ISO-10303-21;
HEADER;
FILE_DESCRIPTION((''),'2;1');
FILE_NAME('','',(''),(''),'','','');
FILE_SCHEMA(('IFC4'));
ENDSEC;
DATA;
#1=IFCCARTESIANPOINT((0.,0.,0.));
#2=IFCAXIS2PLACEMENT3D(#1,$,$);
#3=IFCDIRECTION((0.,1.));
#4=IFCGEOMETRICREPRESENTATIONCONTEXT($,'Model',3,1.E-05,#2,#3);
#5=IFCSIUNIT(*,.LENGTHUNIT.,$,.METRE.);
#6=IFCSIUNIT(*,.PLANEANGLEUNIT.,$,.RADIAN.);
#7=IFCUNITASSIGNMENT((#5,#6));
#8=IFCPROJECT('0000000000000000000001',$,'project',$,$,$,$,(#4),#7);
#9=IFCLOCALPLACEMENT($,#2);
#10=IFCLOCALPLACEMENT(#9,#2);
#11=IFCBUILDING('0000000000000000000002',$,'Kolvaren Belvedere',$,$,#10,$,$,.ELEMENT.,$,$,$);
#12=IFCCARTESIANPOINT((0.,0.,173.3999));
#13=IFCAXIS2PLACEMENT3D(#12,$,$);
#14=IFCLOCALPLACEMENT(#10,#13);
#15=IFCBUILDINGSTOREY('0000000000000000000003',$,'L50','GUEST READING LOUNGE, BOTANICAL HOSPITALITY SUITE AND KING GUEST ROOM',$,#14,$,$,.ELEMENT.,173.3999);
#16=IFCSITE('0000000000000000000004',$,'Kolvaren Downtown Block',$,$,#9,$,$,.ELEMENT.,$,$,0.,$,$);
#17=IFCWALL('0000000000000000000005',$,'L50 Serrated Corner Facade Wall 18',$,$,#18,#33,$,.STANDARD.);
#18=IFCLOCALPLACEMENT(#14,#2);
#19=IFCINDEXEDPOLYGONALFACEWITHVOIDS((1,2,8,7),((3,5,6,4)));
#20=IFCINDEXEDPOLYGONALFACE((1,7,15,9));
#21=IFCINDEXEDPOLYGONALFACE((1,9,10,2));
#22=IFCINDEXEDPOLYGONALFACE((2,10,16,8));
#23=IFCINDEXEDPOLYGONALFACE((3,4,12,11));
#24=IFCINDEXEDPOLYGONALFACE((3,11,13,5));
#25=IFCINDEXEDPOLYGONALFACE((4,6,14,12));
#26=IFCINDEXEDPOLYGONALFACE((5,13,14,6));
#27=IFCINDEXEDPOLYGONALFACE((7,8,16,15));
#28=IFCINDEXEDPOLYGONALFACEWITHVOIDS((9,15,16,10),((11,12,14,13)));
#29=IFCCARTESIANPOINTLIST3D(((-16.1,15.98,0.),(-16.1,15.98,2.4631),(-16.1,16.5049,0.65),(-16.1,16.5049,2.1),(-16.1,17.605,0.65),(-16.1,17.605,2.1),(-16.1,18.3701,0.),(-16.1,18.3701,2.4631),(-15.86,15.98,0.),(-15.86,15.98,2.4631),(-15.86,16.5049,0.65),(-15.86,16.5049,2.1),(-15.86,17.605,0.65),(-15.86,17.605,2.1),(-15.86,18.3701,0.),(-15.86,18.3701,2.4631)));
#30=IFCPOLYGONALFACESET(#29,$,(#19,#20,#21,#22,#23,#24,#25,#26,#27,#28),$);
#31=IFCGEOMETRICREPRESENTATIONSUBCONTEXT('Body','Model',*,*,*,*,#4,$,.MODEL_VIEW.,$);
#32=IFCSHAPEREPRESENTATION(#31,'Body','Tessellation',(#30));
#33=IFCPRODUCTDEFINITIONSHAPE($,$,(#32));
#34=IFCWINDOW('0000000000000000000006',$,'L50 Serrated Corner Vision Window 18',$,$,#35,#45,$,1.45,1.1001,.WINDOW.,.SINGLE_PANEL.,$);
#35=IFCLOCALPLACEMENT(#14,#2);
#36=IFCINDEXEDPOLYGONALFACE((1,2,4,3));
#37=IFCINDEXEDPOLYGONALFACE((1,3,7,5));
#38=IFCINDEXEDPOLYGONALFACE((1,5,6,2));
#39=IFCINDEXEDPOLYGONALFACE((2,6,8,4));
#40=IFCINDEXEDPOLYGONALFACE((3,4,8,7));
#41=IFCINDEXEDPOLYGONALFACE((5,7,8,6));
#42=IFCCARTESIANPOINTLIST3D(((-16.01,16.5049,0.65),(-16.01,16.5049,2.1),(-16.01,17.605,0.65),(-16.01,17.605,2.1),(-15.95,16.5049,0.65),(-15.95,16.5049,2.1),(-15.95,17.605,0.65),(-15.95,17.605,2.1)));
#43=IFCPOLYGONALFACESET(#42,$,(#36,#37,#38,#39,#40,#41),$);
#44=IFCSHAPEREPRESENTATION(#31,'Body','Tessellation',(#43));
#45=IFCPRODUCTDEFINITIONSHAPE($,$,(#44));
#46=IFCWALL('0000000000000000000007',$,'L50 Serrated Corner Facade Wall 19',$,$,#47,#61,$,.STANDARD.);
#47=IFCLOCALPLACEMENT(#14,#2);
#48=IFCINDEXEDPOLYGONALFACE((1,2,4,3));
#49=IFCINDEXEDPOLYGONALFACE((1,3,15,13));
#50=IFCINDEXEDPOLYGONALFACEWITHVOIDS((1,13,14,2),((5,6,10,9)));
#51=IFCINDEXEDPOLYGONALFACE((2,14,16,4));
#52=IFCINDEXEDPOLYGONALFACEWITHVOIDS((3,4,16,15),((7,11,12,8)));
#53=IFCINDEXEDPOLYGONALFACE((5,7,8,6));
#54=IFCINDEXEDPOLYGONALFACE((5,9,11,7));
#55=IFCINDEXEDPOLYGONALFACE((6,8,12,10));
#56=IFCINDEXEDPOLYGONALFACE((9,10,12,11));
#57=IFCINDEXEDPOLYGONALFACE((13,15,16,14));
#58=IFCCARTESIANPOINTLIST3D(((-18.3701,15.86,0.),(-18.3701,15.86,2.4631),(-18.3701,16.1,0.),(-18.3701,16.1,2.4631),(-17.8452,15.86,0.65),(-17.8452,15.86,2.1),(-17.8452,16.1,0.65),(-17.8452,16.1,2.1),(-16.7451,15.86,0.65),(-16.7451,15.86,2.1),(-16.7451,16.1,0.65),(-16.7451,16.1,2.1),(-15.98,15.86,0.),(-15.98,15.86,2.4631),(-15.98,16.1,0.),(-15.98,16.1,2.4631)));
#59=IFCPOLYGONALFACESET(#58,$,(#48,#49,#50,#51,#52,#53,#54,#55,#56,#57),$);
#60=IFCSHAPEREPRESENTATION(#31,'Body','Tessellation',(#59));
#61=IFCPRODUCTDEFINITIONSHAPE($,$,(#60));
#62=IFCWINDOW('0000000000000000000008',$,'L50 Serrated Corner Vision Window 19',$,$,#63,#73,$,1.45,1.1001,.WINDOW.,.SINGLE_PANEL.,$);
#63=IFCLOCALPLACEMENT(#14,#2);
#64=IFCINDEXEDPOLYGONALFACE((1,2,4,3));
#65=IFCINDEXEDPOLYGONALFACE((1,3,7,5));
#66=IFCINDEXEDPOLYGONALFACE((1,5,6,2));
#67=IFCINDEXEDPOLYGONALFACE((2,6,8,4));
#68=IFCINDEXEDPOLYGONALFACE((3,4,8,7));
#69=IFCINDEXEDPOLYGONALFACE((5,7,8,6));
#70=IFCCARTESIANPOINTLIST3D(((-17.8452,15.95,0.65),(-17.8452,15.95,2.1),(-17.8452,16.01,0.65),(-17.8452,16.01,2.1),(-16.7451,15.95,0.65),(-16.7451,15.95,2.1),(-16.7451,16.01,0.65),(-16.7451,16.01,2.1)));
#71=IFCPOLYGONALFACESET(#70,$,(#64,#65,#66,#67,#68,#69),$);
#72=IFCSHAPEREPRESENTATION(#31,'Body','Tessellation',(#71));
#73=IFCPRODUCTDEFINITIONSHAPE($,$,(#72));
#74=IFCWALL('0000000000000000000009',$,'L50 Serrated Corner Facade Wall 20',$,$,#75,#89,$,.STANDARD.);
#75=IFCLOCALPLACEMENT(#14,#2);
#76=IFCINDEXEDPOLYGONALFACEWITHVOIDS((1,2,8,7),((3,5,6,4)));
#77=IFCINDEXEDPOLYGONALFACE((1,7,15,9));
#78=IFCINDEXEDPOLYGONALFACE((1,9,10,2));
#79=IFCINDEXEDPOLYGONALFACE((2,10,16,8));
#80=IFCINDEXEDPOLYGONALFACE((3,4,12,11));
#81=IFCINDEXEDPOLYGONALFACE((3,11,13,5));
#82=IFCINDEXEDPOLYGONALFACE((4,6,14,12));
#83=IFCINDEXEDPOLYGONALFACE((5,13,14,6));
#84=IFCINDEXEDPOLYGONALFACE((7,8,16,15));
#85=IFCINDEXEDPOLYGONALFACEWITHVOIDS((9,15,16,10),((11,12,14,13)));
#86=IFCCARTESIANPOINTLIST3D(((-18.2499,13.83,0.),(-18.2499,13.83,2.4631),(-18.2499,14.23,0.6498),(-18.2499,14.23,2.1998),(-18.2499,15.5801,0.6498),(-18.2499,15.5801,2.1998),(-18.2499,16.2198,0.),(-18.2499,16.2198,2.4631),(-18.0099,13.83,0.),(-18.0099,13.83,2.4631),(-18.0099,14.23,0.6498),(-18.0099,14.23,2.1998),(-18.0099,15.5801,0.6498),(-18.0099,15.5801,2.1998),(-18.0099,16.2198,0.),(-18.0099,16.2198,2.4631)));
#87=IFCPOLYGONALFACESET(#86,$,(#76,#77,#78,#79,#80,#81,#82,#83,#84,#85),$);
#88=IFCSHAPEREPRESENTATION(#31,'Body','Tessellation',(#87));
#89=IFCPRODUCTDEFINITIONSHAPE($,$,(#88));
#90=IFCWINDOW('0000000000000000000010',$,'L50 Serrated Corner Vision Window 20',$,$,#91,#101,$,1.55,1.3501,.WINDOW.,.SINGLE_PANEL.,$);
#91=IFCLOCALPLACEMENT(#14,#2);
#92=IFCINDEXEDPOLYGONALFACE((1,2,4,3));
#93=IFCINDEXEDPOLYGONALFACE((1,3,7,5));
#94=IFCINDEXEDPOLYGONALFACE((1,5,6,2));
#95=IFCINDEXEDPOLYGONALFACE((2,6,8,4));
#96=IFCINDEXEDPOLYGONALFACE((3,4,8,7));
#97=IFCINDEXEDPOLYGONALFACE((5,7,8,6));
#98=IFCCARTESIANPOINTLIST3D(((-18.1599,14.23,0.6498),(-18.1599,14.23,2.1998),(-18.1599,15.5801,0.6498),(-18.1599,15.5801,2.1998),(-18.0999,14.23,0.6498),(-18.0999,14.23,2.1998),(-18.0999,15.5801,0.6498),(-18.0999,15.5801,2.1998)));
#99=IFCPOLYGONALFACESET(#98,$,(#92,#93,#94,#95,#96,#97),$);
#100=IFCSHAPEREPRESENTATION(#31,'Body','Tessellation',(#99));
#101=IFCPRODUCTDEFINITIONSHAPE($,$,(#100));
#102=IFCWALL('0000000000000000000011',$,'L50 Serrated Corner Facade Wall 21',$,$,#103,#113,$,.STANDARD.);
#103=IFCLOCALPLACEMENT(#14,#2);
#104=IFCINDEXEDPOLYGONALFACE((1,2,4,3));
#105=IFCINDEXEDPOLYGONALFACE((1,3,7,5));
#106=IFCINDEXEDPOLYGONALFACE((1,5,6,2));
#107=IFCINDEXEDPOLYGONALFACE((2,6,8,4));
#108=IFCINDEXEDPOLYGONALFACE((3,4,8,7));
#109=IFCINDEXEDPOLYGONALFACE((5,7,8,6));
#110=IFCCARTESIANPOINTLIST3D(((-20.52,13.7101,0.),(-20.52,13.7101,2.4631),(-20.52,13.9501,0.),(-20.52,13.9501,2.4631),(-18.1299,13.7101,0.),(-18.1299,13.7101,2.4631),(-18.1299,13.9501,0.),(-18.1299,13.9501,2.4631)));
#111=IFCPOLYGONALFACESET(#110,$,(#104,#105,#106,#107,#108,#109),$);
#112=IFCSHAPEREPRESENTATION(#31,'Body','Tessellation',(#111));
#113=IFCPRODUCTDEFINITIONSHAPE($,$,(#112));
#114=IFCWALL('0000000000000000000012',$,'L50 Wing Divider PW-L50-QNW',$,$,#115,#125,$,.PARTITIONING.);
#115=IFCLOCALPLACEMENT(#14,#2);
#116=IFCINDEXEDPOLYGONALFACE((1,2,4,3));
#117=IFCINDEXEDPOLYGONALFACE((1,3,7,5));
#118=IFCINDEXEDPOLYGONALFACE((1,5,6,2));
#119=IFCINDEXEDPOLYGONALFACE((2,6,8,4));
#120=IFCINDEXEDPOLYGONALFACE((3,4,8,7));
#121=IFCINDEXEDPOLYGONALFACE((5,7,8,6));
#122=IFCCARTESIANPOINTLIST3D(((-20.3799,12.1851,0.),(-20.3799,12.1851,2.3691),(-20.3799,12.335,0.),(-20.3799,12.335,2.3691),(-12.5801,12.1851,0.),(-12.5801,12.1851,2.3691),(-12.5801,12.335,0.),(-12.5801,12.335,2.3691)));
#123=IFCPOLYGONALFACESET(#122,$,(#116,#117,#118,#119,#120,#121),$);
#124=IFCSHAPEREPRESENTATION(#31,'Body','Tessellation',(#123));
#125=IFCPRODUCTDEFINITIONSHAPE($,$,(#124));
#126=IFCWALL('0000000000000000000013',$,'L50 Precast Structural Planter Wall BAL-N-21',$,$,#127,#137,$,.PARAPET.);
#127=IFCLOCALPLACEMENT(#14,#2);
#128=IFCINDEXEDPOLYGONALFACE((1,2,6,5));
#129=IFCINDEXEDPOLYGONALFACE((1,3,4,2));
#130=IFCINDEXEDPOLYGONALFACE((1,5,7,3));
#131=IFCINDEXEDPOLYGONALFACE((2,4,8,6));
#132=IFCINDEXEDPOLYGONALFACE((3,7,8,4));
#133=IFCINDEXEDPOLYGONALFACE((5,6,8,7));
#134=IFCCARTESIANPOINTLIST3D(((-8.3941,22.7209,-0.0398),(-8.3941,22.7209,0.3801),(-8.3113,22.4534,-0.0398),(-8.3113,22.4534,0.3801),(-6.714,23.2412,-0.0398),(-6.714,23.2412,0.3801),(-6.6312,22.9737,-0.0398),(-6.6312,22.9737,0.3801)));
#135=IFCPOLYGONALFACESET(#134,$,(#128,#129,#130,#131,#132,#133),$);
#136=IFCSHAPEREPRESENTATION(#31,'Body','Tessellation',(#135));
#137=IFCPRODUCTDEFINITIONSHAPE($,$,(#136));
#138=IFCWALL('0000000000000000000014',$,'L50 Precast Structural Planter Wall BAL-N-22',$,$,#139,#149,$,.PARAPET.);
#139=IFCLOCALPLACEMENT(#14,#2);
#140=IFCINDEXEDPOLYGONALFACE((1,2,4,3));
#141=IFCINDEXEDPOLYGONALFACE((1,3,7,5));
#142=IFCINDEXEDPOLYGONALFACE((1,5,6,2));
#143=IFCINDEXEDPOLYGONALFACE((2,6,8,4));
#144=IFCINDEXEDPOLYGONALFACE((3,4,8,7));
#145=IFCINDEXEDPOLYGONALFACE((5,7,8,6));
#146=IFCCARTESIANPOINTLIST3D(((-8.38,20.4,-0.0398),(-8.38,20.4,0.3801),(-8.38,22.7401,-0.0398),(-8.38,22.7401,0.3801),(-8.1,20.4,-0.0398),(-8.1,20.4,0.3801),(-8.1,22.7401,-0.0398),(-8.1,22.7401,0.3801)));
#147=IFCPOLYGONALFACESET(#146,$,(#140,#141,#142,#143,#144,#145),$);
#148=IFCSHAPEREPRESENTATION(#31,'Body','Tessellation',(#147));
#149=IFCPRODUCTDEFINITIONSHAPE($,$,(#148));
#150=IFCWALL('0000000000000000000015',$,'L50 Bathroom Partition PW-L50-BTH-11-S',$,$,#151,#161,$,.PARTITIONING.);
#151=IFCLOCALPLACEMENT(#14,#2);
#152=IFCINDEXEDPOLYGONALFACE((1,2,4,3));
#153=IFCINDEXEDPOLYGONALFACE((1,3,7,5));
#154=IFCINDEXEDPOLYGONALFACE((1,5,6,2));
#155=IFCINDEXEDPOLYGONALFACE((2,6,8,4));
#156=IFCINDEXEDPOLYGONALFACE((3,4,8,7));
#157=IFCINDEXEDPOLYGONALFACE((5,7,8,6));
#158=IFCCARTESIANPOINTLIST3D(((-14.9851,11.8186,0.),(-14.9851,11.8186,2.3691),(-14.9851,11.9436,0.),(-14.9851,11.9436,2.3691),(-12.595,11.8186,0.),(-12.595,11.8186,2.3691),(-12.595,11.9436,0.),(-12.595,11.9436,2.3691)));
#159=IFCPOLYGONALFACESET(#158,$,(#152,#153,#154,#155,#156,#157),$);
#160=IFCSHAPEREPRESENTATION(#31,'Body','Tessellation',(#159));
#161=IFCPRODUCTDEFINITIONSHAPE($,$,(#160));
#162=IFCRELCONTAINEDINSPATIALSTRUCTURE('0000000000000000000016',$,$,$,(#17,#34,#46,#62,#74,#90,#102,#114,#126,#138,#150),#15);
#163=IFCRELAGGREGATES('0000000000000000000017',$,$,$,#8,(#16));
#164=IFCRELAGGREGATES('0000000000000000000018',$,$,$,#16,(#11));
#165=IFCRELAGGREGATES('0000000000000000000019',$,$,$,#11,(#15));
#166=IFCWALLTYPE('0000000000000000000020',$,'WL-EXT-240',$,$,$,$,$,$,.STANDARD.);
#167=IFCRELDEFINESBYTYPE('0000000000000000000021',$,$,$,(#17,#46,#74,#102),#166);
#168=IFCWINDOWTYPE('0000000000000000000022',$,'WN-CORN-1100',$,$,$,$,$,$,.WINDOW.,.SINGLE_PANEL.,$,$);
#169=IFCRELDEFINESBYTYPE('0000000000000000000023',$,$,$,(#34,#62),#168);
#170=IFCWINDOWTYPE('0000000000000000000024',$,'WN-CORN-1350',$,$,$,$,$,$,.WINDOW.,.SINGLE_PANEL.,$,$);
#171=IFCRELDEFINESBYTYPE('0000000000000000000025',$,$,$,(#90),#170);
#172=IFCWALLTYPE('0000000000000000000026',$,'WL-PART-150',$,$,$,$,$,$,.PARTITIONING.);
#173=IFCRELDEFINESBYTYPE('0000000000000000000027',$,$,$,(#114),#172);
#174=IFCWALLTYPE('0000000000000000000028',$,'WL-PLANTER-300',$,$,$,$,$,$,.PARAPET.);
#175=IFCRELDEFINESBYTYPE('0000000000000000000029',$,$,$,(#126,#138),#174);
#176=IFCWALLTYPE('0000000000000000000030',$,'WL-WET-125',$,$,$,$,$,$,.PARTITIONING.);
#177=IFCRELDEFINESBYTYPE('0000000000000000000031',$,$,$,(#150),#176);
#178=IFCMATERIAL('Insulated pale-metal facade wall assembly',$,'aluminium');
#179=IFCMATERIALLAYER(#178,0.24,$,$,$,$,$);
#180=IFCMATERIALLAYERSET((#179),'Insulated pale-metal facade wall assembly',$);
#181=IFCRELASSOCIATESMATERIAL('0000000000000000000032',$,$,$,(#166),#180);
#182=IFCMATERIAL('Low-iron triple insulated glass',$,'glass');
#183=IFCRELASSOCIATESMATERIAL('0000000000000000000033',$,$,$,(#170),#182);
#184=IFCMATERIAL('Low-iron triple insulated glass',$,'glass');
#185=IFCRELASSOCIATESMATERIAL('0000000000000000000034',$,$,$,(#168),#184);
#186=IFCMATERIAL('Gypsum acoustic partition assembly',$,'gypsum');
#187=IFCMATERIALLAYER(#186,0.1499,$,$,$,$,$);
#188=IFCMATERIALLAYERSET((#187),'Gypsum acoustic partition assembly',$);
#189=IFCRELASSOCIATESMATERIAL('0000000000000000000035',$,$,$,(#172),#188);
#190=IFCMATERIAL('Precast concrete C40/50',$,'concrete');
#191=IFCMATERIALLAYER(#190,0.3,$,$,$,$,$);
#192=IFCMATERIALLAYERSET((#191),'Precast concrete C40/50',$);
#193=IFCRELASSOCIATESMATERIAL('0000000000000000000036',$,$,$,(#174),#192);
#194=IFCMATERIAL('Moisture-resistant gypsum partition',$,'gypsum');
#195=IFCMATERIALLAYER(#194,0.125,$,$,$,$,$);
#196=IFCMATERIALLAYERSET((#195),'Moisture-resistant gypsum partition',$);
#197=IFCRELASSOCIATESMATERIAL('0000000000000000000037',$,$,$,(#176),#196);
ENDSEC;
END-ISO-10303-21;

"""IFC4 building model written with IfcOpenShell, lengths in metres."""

from ifc_helpers import new_model, si_unit, direction, frame, frame_2d, origin, place, context, subcontext, project, spatial, rectangle, extrude, material, layer, layer_set, type_object, element, fill, save


model = new_model("IFC4")

# Units and contexts
model_context = context("Model", 3, precision=1e-05, world=origin(), true_north=direction((0.0, 1.0)))
body_context = subcontext(model_context, "Body", "Model", "MODEL_VIEW")
ifc_project = project(units=[si_unit("LENGTHUNIT", "METRE"), si_unit("PLANEANGLEUNIT", "RADIAN")], contexts=[model_context])

# Site, building, storey
site_placement = place(None, origin())
site = spatial("IfcSite", under=ifc_project, at=site_placement, Name="Kolvaren Downtown Block", CompositionType="ELEMENT", RefElevation=0.0)
building_placement = place(site_placement, origin())
building = spatial("IfcBuilding", under=site, at=building_placement, Name="Kolvaren Belvedere", CompositionType="ELEMENT")
storey_placement = place(building_placement, frame((0.0, 0.0, 173.3999)))
storey = spatial("IfcBuildingStorey", under=building, at=storey_placement, Name="L50", Description="GUEST READING LOUNGE, BOTANICAL HOSPITALITY SUITE AND KING GUEST ROOM", CompositionType="ELEMENT", Elevation=173.3999)

# Shared definitions
ifc_material_1 = material(Name="Insulated pale-metal facade wall assembly", Category="aluminium")
ifc_layer_1 = layer(ifc_material_1, 0.24)
ifc_layer_set_1 = layer_set([ifc_layer_1], Name="Insulated pale-metal facade wall assembly")
wall_type_1 = type_object("IfcWallType", Name="WL-EXT-240", PredefinedType="STANDARD", material=ifc_layer_set_1)

# Walls, openings, windows
ifc_material_2 = material(Name="Low-iron triple insulated glass", Category="glass")
window_type_1 = type_object("IfcWindowType", Name="WN-CORN-1350", PartitioningType="SINGLE_PANEL", PredefinedType="WINDOW", material=ifc_material_2)
wall_1_placement = place(storey_placement, frame((-15.98, 15.98, 0.0), z_axis=(0.0, 0.0, 1.0), x_axis=(0.0, 1.0, 0.0)))
wall_1 = element("IfcWall", 1, at=wall_1_placement, inside=storey, type_object=wall_type_1, Name="L50 Serrated Corner Facade Wall 18", PredefinedType="STANDARD", context=body_context, shape_type="SweptSolid", body=[
    extrude(rectangle(XDim=2.3901, YDim=0.24, at=frame_2d((1.1951, 0.0))), origin(), (0.0, 0.0, 1.0), 2.4631),
])
opening_1_placement = place(wall_1_placement, frame((0.5249, 0.0, 0.6499)))
opening_1 = element("IfcOpeningElement", 2, at=opening_1_placement, cuts=wall_1, PredefinedType="OPENING", context=body_context, shape_type="SweptSolid", body=[
    extrude(rectangle(XDim=1.1001, YDim=1.45, at=frame_2d((0.55, 0.7251))), frame((0.0, 0.1299, 0.0), z_axis=(0.0, -1.0, 0.0), x_axis=(1.0, 0.0, 0.0)), (0.0, 0.0, 1.0), 0.26),
])
ifc_material_3 = material(Name="Low-iron triple insulated glass", Category="glass")
window_type_2 = type_object("IfcWindowType", Name="WN-CORN-1100", PartitioningType="SINGLE_PANEL", PredefinedType="WINDOW", material=ifc_material_3)
window_1_placement = place(opening_1_placement, origin())
window_1 = element("IfcWindow", 3, at=window_1_placement, inside=storey, type_object=window_type_2, Name="L50 Serrated Corner Vision Window 18", OverallHeight=1.45, OverallWidth=1.1001, PartitioningType="SINGLE_PANEL", PredefinedType="WINDOW", context=body_context, shape_type="SweptSolid", body=[
    extrude(rectangle(XDim=1.1001, YDim=1.45, at=frame_2d((0.55, 0.7251))), frame((0.0, 0.03, 0.0), z_axis=(0.0, -1.0, 0.0), x_axis=(1.0, 0.0, 0.0)), (0.0, 0.0, 1.0), 0.0601),
])
fill(opening_1, window_1)
wall_2_placement = place(storey_placement, frame((-18.3701, 15.98, 0.0), z_axis=(0.0, 0.0, 1.0), x_axis=(1.0, 0.0, 0.0)))
wall_2 = element("IfcWall", 4, at=wall_2_placement, inside=storey, type_object=wall_type_1, Name="L50 Serrated Corner Facade Wall 19", PredefinedType="STANDARD", context=body_context, shape_type="SweptSolid", body=[
    extrude(rectangle(XDim=2.3901, YDim=0.24, at=frame_2d((1.1951, 0.0))), origin(), (0.0, 0.0, 1.0), 2.4631),
])
opening_2_placement = place(wall_2_placement, frame((0.5249, 0.0, 0.6499)))
opening_2 = element("IfcOpeningElement", 5, at=opening_2_placement, cuts=wall_2, PredefinedType="OPENING", context=body_context, shape_type="SweptSolid", body=[
    extrude(rectangle(XDim=1.1001, YDim=1.45, at=frame_2d((0.55, 0.7251))), frame((0.0, 0.1299, 0.0), z_axis=(0.0, -1.0, 0.0), x_axis=(1.0, 0.0, 0.0)), (0.0, 0.0, 1.0), 0.26),
])
window_2_placement = place(opening_2_placement, origin())
window_2 = element("IfcWindow", 6, at=window_2_placement, inside=storey, type_object=window_type_2, Name="L50 Serrated Corner Vision Window 19", OverallHeight=1.45, OverallWidth=1.1001, PartitioningType="SINGLE_PANEL", PredefinedType="WINDOW", context=body_context, shape_type="SweptSolid", body=[
    extrude(rectangle(XDim=1.1001, YDim=1.45, at=frame_2d((0.55, 0.7251))), frame((0.0, 0.03, 0.0), z_axis=(0.0, -1.0, 0.0), x_axis=(1.0, 0.0, 0.0)), (0.0, 0.0, 1.0), 0.0601),
])
fill(opening_2, window_2)
wall_3_placement = place(storey_placement, frame((-18.1299, 13.8301, 0.0), z_axis=(0.0, 0.0, 1.0), x_axis=(0.0, 1.0, 0.0)))
wall_3 = element("IfcWall", 7, at=wall_3_placement, inside=storey, type_object=wall_type_1, Name="L50 Serrated Corner Facade Wall 20", PredefinedType="STANDARD", context=body_context, shape_type="SweptSolid", body=[
    extrude(rectangle(XDim=2.3899, YDim=0.24, at=frame_2d((1.1948, 0.0))), origin(), (0.0, 0.0, 1.0), 2.4631),
])
opening_3_placement = place(wall_3_placement, frame((0.3999, 0.0, 0.6499)))
opening_3 = element("IfcOpeningElement", 8, at=opening_3_placement, cuts=wall_3, PredefinedType="OPENING", context=body_context, shape_type="SweptSolid", body=[
    extrude(rectangle(XDim=1.3501, YDim=1.55, at=frame_2d((0.675, 0.7749))), frame((0.0, 0.1299, 0.0), z_axis=(0.0, -1.0, 0.0), x_axis=(1.0, 0.0, 0.0)), (0.0, 0.0, 1.0), 0.26),
])
window_3_placement = place(opening_3_placement, origin())
window_3 = element("IfcWindow", 9, at=window_3_placement, inside=storey, type_object=window_type_1, Name="L50 Serrated Corner Vision Window 20", OverallHeight=1.55, OverallWidth=1.3501, PartitioningType="SINGLE_PANEL", PredefinedType="WINDOW", context=body_context, shape_type="SweptSolid", body=[
    extrude(rectangle(XDim=1.3501, YDim=1.55, at=frame_2d((0.675, 0.7749))), frame((0.0, 0.03, 0.0), z_axis=(0.0, -1.0, 0.0), x_axis=(1.0, 0.0, 0.0)), (0.0, 0.0, 1.0), 0.0601),
])
fill(opening_3, window_3)

# Walls
wall_4_placement = place(storey_placement, frame((-20.52, 13.8301, 0.0), z_axis=(0.0, 0.0, 1.0), x_axis=(1.0, 0.0, 0.0)))
element("IfcWall", 10, at=wall_4_placement, inside=storey, type_object=wall_type_1, Name="L50 Serrated Corner Facade Wall 21", PredefinedType="STANDARD", context=body_context, shape_type="SweptSolid", body=[
    extrude(rectangle(XDim=2.3901, YDim=0.24, at=frame_2d((1.1951, 0.0))), origin(), (0.0, 0.0, 1.0), 2.4631),
])
ifc_material_4 = material(Name="Gypsum acoustic partition assembly", Category="gypsum")
ifc_layer_2 = layer(ifc_material_4, 0.1499)
ifc_layer_set_2 = layer_set([ifc_layer_2], Name="Gypsum acoustic partition assembly")
wall_type_2 = type_object("IfcWallType", Name="WL-PART-150", PredefinedType="PARTITIONING", material=ifc_layer_set_2)
wall_5_placement = place(storey_placement, frame((-20.3799, 12.26, 0.0), z_axis=(0.0, 0.0, 1.0), x_axis=(1.0, 0.0, 0.0)))
element("IfcWall", 11, at=wall_5_placement, inside=storey, type_object=wall_type_2, Name="L50 Wing Divider PW-L50-QNW", PredefinedType="PARTITIONING", context=body_context, shape_type="SweptSolid", body=[
    extrude(rectangle(XDim=7.7998, YDim=0.1499, at=frame_2d((3.8999, 0.0))), origin(), (0.0, 0.0, 1.0), 2.3691),
])
ifc_material_5 = material(Name="Precast concrete C40/50", Category="concrete")
ifc_layer_3 = layer(ifc_material_5, 0.3)
ifc_layer_set_3 = layer_set([ifc_layer_3], Name="Precast concrete C40/50")
wall_type_3 = type_object("IfcWallType", Name="WL-PLANTER-300", PredefinedType="PARAPET", material=ifc_layer_set_3)
wall_6_placement = place(storey_placement, frame((-6.6726, 23.1074, -0.0398), z_axis=(0.0, 0.0, 1.0), x_axis=(-0.955252, -0.295792, 0.0)))
element("IfcWall", 12, at=wall_6_placement, inside=storey, type_object=wall_type_3, Name="L50 Precast Structural Planter Wall BAL-N-21", PredefinedType="PARAPET", context=body_context, shape_type="SweptSolid", body=[
    extrude(rectangle(XDim=1.7588, YDim=0.28, at=frame_2d((0.8794, 0.0))), origin(), (0.0, 0.0, 1.0), 0.4199),
])
wall_7_placement = place(storey_placement, frame((-8.24, 22.74, -0.0398), z_axis=(0.0, 0.0, 1.0), x_axis=(0.0, -1.0, 0.0)))
element("IfcWall", 13, at=wall_7_placement, inside=storey, type_object=wall_type_3, Name="L50 Precast Structural Planter Wall BAL-N-22", PredefinedType="PARAPET", context=body_context, shape_type="SweptSolid", body=[
    extrude(rectangle(XDim=2.3401, YDim=0.28, at=frame_2d((1.1699, 0.0))), origin(), (0.0, 0.0, 1.0), 0.4199),
])
ifc_material_6 = material(Name="Moisture-resistant gypsum partition", Category="gypsum")
ifc_layer_4 = layer(ifc_material_6, 0.125)
ifc_layer_set_4 = layer_set([ifc_layer_4], Name="Moisture-resistant gypsum partition")
wall_type_4 = type_object("IfcWallType", Name="WL-WET-125", PredefinedType="PARTITIONING", material=ifc_layer_set_4)
wall_8_placement = place(storey_placement, frame((-14.9851, 11.8811, 0.0), z_axis=(0.0, 0.0, 1.0), x_axis=(1.0, 0.0, 0.0)))
element("IfcWall", 14, at=wall_8_placement, inside=storey, type_object=wall_type_4, Name="L50 Bathroom Partition PW-L50-BTH-11-S", PredefinedType="PARTITIONING", context=body_context, shape_type="SweptSolid", body=[
    extrude(rectangle(XDim=2.3901, YDim=0.125, at=frame_2d((1.1951, 0.0))), origin(), (0.0, 0.0, 1.0), 2.3691),
])

save(model, "model.ifc")
